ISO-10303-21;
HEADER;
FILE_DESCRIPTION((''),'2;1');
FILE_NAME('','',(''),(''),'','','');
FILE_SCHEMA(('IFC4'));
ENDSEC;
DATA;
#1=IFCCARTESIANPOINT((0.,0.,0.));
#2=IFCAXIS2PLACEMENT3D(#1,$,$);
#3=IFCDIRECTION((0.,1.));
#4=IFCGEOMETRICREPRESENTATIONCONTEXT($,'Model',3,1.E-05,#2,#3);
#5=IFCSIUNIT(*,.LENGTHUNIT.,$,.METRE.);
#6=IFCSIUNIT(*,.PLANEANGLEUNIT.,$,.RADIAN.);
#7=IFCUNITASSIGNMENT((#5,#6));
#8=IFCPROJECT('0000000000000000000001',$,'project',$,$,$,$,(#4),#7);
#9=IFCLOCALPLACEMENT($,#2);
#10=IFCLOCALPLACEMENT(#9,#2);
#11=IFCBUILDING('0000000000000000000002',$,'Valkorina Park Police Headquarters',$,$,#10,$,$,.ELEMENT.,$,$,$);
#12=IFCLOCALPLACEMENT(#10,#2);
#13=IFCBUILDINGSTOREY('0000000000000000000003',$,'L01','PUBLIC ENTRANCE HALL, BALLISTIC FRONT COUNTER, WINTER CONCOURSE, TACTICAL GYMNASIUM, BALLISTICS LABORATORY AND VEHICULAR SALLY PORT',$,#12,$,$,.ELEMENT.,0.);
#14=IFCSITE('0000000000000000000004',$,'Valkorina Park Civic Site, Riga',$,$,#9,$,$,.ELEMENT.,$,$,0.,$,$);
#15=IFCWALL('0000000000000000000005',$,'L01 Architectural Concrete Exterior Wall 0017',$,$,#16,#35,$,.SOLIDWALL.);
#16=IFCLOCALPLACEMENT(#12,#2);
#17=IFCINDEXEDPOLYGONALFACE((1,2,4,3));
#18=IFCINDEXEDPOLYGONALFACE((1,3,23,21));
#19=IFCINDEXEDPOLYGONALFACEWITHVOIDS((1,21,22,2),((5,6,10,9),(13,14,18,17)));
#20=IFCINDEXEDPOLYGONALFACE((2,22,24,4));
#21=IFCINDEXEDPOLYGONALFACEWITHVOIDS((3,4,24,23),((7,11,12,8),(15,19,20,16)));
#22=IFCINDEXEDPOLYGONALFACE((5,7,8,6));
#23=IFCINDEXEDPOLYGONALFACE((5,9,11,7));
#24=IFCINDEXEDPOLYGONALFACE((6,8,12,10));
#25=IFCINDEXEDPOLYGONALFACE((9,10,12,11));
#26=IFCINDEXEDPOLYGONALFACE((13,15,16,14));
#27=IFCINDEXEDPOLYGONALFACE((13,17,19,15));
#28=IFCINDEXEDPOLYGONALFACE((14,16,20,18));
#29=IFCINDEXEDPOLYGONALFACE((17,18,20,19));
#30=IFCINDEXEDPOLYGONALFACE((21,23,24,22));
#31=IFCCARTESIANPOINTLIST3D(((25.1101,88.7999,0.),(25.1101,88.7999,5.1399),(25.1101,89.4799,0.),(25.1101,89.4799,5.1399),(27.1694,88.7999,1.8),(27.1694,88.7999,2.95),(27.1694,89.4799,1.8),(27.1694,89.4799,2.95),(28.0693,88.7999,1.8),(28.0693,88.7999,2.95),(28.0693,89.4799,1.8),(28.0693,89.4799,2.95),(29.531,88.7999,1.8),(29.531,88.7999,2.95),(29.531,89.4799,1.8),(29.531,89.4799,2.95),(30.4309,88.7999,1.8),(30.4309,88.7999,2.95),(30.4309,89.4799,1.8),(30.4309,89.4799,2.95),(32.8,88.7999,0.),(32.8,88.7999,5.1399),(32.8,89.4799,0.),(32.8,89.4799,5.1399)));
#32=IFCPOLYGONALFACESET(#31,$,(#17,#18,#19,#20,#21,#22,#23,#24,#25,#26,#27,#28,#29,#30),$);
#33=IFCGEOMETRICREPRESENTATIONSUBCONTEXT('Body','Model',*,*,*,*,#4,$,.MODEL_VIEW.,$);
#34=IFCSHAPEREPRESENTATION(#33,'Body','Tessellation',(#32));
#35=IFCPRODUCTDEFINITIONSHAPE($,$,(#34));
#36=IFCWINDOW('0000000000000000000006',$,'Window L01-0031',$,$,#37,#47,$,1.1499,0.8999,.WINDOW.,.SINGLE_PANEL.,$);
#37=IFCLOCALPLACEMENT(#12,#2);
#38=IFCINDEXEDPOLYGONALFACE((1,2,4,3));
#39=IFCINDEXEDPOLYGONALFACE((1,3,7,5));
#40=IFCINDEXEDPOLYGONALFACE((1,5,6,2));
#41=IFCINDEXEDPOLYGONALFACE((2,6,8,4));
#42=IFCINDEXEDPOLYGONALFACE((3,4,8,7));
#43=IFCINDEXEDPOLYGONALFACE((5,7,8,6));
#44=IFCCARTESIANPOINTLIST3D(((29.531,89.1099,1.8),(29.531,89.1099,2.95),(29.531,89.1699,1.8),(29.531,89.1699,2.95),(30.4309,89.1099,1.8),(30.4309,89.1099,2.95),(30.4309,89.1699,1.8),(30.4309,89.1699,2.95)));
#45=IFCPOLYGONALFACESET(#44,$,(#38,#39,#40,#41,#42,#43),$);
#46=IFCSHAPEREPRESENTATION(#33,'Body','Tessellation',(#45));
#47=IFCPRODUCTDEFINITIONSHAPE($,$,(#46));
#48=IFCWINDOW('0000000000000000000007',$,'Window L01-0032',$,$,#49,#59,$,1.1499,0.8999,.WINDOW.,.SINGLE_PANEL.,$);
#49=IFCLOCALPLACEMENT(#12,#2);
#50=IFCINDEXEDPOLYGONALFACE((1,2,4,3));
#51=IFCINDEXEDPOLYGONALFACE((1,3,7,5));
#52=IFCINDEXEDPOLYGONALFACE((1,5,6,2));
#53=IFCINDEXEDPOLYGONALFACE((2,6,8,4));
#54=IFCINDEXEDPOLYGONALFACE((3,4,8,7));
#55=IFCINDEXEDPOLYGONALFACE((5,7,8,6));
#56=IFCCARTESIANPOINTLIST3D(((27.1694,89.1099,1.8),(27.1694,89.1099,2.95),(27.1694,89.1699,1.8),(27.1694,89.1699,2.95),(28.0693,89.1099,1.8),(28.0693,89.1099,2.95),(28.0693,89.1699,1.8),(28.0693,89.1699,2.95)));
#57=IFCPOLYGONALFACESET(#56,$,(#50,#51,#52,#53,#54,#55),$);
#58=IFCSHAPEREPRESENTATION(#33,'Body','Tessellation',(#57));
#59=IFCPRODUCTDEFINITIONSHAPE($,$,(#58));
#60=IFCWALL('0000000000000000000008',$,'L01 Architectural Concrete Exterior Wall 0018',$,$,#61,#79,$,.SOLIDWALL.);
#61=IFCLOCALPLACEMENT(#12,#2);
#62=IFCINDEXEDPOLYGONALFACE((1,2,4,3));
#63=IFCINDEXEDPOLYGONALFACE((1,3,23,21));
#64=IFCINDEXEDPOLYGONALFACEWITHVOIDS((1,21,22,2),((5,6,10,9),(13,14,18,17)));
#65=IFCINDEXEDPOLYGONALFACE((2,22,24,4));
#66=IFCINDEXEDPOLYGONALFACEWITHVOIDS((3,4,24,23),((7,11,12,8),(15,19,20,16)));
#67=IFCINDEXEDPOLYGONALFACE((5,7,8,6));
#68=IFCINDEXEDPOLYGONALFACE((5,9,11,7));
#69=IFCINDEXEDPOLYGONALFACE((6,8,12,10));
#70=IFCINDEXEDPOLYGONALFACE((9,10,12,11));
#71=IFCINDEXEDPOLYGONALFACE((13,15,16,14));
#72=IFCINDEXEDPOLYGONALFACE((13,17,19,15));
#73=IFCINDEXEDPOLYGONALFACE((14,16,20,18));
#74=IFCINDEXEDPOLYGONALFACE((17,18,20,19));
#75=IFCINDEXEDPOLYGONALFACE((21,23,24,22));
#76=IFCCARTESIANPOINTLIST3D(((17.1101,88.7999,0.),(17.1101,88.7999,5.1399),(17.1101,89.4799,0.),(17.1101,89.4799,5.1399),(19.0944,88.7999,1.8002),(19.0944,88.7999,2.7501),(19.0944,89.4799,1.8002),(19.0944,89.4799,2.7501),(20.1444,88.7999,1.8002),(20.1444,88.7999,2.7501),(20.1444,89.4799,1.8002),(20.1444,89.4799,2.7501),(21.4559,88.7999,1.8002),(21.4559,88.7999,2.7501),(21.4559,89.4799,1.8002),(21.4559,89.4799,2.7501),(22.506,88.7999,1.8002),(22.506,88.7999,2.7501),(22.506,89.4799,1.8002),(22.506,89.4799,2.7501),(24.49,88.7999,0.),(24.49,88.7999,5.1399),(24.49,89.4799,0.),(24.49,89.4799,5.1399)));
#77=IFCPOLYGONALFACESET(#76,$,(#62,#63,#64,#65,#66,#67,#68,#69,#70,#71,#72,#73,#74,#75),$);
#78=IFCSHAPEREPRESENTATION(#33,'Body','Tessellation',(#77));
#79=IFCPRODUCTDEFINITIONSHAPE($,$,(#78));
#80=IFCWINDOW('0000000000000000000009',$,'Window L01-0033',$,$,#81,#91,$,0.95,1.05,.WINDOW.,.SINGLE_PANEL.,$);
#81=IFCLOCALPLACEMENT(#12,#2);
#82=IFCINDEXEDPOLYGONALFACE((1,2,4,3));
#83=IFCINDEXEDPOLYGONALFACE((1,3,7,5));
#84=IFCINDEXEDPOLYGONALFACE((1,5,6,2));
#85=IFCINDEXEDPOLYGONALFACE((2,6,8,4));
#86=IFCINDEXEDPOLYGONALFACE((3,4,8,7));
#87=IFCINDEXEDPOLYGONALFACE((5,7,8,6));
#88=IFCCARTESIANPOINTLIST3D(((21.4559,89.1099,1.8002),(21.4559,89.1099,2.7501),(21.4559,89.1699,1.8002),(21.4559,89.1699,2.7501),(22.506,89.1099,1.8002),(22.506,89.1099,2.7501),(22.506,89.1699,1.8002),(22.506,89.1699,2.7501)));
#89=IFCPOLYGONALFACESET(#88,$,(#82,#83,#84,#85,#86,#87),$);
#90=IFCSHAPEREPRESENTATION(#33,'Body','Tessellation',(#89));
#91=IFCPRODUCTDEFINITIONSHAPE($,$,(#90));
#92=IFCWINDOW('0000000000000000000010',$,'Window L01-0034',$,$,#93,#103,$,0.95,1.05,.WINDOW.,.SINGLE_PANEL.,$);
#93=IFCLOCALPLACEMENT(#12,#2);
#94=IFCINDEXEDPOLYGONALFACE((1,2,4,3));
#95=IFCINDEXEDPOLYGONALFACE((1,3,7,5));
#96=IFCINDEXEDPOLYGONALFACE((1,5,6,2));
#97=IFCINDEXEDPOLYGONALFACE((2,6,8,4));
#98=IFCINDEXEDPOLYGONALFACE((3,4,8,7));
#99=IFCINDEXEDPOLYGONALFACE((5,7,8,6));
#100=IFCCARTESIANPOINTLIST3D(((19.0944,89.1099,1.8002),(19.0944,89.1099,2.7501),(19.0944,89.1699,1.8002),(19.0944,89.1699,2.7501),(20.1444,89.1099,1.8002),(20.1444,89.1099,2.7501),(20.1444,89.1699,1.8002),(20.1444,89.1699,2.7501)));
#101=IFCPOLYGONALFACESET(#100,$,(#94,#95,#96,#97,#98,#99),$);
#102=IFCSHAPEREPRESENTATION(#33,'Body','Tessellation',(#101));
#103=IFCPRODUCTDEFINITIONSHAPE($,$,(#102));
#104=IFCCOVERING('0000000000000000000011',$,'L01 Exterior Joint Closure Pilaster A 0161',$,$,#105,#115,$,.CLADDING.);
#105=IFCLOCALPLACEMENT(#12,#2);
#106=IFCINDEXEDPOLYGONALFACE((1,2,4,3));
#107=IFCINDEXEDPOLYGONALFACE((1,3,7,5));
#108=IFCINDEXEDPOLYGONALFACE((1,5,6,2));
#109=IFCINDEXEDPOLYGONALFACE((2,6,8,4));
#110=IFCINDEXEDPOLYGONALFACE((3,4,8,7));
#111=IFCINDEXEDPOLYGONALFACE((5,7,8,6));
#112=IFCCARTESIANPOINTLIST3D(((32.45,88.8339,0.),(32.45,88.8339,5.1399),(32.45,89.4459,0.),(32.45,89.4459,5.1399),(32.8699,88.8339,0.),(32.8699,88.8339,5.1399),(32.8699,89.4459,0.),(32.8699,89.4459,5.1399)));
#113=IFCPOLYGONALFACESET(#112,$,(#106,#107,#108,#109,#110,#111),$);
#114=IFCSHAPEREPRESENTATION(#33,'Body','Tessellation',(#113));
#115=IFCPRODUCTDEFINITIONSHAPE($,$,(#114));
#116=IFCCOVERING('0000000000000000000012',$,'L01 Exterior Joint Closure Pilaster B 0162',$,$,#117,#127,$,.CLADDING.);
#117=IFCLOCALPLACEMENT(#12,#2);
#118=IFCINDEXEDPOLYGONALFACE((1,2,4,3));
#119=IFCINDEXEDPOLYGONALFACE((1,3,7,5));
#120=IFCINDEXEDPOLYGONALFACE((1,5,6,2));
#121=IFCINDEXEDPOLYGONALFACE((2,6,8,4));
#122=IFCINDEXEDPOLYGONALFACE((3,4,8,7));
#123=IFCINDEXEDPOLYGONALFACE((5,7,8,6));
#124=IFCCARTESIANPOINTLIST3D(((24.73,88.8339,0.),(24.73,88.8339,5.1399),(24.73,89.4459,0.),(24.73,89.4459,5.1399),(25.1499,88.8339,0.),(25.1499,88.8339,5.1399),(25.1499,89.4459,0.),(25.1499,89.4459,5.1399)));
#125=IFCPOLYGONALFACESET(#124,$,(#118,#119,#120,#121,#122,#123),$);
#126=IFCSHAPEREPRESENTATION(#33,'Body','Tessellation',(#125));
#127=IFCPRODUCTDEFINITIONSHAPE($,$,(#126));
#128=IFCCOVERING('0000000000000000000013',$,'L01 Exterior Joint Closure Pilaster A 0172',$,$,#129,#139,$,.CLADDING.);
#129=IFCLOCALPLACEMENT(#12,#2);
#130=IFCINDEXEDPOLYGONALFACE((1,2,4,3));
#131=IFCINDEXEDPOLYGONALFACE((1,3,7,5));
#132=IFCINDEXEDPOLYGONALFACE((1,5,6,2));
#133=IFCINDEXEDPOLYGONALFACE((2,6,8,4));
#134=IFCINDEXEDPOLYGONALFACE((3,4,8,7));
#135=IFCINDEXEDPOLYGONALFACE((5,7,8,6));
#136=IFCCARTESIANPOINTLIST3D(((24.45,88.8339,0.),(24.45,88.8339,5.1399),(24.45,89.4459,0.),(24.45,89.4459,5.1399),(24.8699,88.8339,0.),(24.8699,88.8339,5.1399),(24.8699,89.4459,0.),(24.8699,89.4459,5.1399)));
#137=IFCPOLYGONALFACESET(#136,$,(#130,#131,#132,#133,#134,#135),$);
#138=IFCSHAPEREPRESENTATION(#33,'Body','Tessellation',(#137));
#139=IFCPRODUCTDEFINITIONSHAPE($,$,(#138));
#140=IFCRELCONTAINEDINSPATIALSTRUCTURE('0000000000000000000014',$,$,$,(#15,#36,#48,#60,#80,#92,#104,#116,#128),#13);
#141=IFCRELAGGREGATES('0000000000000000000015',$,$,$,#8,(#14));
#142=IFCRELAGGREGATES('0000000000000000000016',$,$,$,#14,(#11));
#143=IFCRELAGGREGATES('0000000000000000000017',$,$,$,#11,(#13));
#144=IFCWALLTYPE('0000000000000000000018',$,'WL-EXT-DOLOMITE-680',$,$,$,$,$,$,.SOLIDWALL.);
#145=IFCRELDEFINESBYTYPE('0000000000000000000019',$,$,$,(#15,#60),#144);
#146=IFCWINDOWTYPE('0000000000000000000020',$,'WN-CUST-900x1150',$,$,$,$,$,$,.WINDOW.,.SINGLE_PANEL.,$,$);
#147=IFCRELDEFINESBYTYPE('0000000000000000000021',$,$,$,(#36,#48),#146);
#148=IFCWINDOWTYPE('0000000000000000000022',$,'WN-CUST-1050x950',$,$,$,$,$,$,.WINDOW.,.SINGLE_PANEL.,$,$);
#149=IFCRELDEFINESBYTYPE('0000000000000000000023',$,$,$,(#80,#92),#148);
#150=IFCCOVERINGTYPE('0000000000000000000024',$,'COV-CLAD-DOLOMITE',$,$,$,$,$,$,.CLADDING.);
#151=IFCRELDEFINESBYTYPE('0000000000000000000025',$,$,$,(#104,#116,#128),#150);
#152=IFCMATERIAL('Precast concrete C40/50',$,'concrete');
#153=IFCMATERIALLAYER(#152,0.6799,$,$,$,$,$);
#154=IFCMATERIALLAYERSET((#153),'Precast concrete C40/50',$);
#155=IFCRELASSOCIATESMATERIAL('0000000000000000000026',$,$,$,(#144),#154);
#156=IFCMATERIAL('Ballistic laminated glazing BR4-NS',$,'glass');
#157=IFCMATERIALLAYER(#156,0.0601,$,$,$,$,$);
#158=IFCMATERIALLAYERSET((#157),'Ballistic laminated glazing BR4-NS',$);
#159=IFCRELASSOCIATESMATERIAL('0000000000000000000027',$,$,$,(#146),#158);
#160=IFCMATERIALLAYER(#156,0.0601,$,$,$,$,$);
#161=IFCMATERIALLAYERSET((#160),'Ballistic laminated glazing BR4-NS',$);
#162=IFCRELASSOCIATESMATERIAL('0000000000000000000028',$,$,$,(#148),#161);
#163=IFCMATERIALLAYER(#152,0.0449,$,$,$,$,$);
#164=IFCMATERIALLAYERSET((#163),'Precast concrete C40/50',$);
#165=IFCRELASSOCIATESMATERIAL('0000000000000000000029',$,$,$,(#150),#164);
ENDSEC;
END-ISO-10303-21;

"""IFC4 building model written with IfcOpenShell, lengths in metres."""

from ifc_helpers import new_model, si_unit, direction, frame, frame_2d, origin, origin_2d, place, context, subcontext, project, spatial, rectangle, extrude, material, layer, layer_set, type_object, element, fill, save


model = new_model("IFC4")

# Units and contexts
model_context = context("Model", 3, precision=1e-05, world=origin(), true_north=direction((0.0, 1.0)))
body_context = subcontext(model_context, "Body", "Model", "MODEL_VIEW")
ifc_project = project(units=[si_unit("LENGTHUNIT", "METRE"), si_unit("PLANEANGLEUNIT", "RADIAN")], contexts=[model_context])

# Site, building, storey
site_placement = place(None, origin())
site = spatial("IfcSite", under=ifc_project, at=site_placement, Name="Valkorina Park Civic Site, Riga", CompositionType="ELEMENT", RefElevation=0.0)
building_placement = place(site_placement, origin())
building = spatial("IfcBuilding", under=site, at=building_placement, Name="Valkorina Park Police Headquarters", CompositionType="ELEMENT")
storey_placement = place(building_placement, origin())
storey = spatial("IfcBuildingStorey", under=building, at=storey_placement, Name="L01", Description="PUBLIC ENTRANCE HALL, BALLISTIC FRONT COUNTER, WINTER CONCOURSE, TACTICAL GYMNASIUM, BALLISTICS LABORATORY AND VEHICULAR SALLY PORT", CompositionType="ELEMENT", Elevation=0.0)

# Walls, openings, windows
ifc_material_1 = material(Name="Precast concrete C40/50", Category="concrete")
ifc_layer_1 = layer(ifc_material_1, 0.6799)
ifc_layer_set_1 = layer_set([ifc_layer_1], Name="Precast concrete C40/50")
wall_type = type_object("IfcWallType", Name="WL-EXT-DOLOMITE-680", PredefinedType="SOLIDWALL", material=ifc_layer_set_1)
wall_1_placement = place(storey_placement, frame((32.8, 89.1399, 0.0), z_axis=(0.0, 0.0, 1.0), x_axis=(-1.0, 0.0, 0.0)))
wall_1 = element("IfcWall", 1, at=wall_1_placement, inside=storey, type_object=wall_type, Name="L01 Architectural Concrete Exterior Wall 0017", PredefinedType="SOLIDWALL", context=body_context, shape_type="SweptSolid", body=[
    extrude(rectangle(XDim=7.6899, YDim=0.6799, at=frame_2d((3.845, 0.0))), origin(), (0.0, 0.0, 1.0), 5.1399),
])
opening_1_placement = place(wall_1_placement, frame((2.3691, 0.0, 1.8)))
opening_1 = element("IfcOpeningElement", 2, at=opening_1_placement, cuts=wall_1, PredefinedType="OPENING", context=body_context, shape_type="SweptSolid", body=[
    extrude(rectangle(XDim=0.8999, YDim=1.1499, at=frame_2d((0.45, 0.575))), frame((0.0, 0.3501, 0.0), z_axis=(0.0, -1.0, 0.0), x_axis=(1.0, 0.0, 0.0)), (0.0, 0.0, 1.0), 0.7),
])
opening_2_placement = place(wall_1_placement, frame((4.7307, 0.0, 1.8)))
opening_2 = element("IfcOpeningElement", 3, at=opening_2_placement, cuts=wall_1, PredefinedType="OPENING", context=body_context, shape_type="SweptSolid", body=[
    extrude(rectangle(XDim=0.8999, YDim=1.1499, at=frame_2d((0.45, 0.575))), frame((0.0, 0.3501, 0.0), z_axis=(0.0, -1.0, 0.0), x_axis=(1.0, 0.0, 0.0)), (0.0, 0.0, 1.0), 0.7),
])
ifc_material_2 = material(Name="Ballistic laminated glazing BR4-NS", Category="glass")
ifc_layer_2 = layer(ifc_material_2, 0.0601)
ifc_layer_set_2 = layer_set([ifc_layer_2], Name="Ballistic laminated glazing BR4-NS")
window_type_1 = type_object("IfcWindowType", Name="WN-CUST-900x1150", PartitioningType="SINGLE_PANEL", PredefinedType="WINDOW", material=ifc_layer_set_2)
window_1_placement = place(opening_1_placement, origin())
window_1 = element("IfcWindow", 4, at=window_1_placement, inside=storey, type_object=window_type_1, Name="Window L01-0031", OverallHeight=1.1499, OverallWidth=0.8999, PartitioningType="SINGLE_PANEL", PredefinedType="WINDOW", context=body_context, shape_type="SweptSolid", body=[
    extrude(rectangle(XDim=0.8999, YDim=1.1499, at=frame_2d((0.45, 0.575))), frame((0.0, 0.03, 0.0), z_axis=(0.0, -1.0, 0.0), x_axis=(1.0, 0.0, 0.0)), (0.0, 0.0, 1.0), 0.0601),
])
fill(opening_1, window_1)
window_2_placement = place(opening_2_placement, origin())
window_2 = element("IfcWindow", 5, at=window_2_placement, inside=storey, type_object=window_type_1, Name="Window L01-0032", OverallHeight=1.1499, OverallWidth=0.8999, PartitioningType="SINGLE_PANEL", PredefinedType="WINDOW", context=body_context, shape_type="SweptSolid", body=[
    extrude(rectangle(XDim=0.8999, YDim=1.1499, at=frame_2d((0.45, 0.575))), frame((0.0, 0.03, 0.0), z_axis=(0.0, -1.0, 0.0), x_axis=(1.0, 0.0, 0.0)), (0.0, 0.0, 1.0), 0.0601),
])
fill(opening_2, window_2)
wall_2_placement = place(storey_placement, frame((24.49, 89.1399, 0.0), z_axis=(0.0, 0.0, 1.0), x_axis=(-1.0, 0.0, 0.0)))
wall_2 = element("IfcWall", 6, at=wall_2_placement, inside=storey, type_object=wall_type, Name="L01 Architectural Concrete Exterior Wall 0018", PredefinedType="SOLIDWALL", context=body_context, shape_type="SweptSolid", body=[
    extrude(rectangle(XDim=7.3799, YDim=0.6799, at=frame_2d((3.6899, 0.0))), origin(), (0.0, 0.0, 1.0), 5.1399),
])
opening_3_placement = place(wall_2_placement, frame((1.9841, 0.0, 1.8)))
opening_3 = element("IfcOpeningElement", 7, at=opening_3_placement, cuts=wall_2, PredefinedType="OPENING", context=body_context, shape_type="SweptSolid", body=[
    extrude(rectangle(XDim=1.05, YDim=0.95, at=frame_2d((0.5249, 0.4751))), frame((0.0, 0.3501, 0.0), z_axis=(0.0, -1.0, 0.0), x_axis=(1.0, 0.0, 0.0)), (0.0, 0.0, 1.0), 0.7),
])
opening_4_placement = place(wall_2_placement, frame((4.3457, 0.0, 1.8)))
opening_4 = element("IfcOpeningElement", 8, at=opening_4_placement, cuts=wall_2, PredefinedType="OPENING", context=body_context, shape_type="SweptSolid", body=[
    extrude(rectangle(XDim=1.05, YDim=0.95, at=frame_2d((0.5249, 0.4751))), frame((0.0, 0.3501, 0.0), z_axis=(0.0, -1.0, 0.0), x_axis=(1.0, 0.0, 0.0)), (0.0, 0.0, 1.0), 0.7),
])
ifc_layer_3 = layer(ifc_material_2, 0.0601)
ifc_layer_set_3 = layer_set([ifc_layer_3], Name="Ballistic laminated glazing BR4-NS")
window_type_2 = type_object("IfcWindowType", Name="WN-CUST-1050x950", PartitioningType="SINGLE_PANEL", PredefinedType="WINDOW", material=ifc_layer_set_3)
window_3_placement = place(opening_3_placement, origin())
window_3 = element("IfcWindow", 9, at=window_3_placement, inside=storey, type_object=window_type_2, Name="Window L01-0033", OverallHeight=0.95, OverallWidth=1.05, PartitioningType="SINGLE_PANEL", PredefinedType="WINDOW", context=body_context, shape_type="SweptSolid", body=[
    extrude(rectangle(XDim=1.05, YDim=0.95, at=frame_2d((0.5249, 0.4751))), frame((0.0, 0.03, 0.0), z_axis=(0.0, -1.0, 0.0), x_axis=(1.0, 0.0, 0.0)), (0.0, 0.0, 1.0), 0.0601),
])
fill(opening_3, window_3)
window_4_placement = place(opening_4_placement, origin())
window_4 = element("IfcWindow", 10, at=window_4_placement, inside=storey, type_object=window_type_2, Name="Window L01-0034", OverallHeight=0.95, OverallWidth=1.05, PartitioningType="SINGLE_PANEL", PredefinedType="WINDOW", context=body_context, shape_type="SweptSolid", body=[
    extrude(rectangle(XDim=1.05, YDim=0.95, at=frame_2d((0.5249, 0.4751))), frame((0.0, 0.03, 0.0), z_axis=(0.0, -1.0, 0.0), x_axis=(1.0, 0.0, 0.0)), (0.0, 0.0, 1.0), 0.0601),
])
fill(opening_4, window_4)

# Coverings
ifc_layer_4 = layer(ifc_material_1, 0.0449)
ifc_layer_set_4 = layer_set([ifc_layer_4], Name="Precast concrete C40/50")
covering_type = type_object("IfcCoveringType", Name="COV-CLAD-DOLOMITE", PredefinedType="CLADDING", material=ifc_layer_set_4)
for number, where, z_axis, x_axis, name in (
    (11, (32.6599, 89.1399, 0.0), (0.0, 0.0, 1.0), (1.0, 0.0, 0.0), "L01 Exterior Joint Closure Pilaster A 0161"),
    (12, (24.9399, 89.1399, 0.0), (0.0, 0.0, 1.0), (1.0, 0.0, 0.0), "L01 Exterior Joint Closure Pilaster B 0162"),
    (13, (24.6599, 89.1399, 0.0), (0.0, 0.0, 1.0), (1.0, 0.0, 0.0), "L01 Exterior Joint Closure Pilaster A 0172"),
):
    element("IfcCovering", number, at=place(storey_placement, frame(where, z_axis=z_axis, x_axis=x_axis)), inside=storey, type_object=covering_type, Name=name, PredefinedType="CLADDING", context=body_context, shape_type="SweptSolid", body=[
        extrude(rectangle(XDim=0.4199, YDim=0.6121, at=origin_2d()), origin(), (0.0, 0.0, 1.0), 5.1399),
    ])

save(model, "model.ifc")
